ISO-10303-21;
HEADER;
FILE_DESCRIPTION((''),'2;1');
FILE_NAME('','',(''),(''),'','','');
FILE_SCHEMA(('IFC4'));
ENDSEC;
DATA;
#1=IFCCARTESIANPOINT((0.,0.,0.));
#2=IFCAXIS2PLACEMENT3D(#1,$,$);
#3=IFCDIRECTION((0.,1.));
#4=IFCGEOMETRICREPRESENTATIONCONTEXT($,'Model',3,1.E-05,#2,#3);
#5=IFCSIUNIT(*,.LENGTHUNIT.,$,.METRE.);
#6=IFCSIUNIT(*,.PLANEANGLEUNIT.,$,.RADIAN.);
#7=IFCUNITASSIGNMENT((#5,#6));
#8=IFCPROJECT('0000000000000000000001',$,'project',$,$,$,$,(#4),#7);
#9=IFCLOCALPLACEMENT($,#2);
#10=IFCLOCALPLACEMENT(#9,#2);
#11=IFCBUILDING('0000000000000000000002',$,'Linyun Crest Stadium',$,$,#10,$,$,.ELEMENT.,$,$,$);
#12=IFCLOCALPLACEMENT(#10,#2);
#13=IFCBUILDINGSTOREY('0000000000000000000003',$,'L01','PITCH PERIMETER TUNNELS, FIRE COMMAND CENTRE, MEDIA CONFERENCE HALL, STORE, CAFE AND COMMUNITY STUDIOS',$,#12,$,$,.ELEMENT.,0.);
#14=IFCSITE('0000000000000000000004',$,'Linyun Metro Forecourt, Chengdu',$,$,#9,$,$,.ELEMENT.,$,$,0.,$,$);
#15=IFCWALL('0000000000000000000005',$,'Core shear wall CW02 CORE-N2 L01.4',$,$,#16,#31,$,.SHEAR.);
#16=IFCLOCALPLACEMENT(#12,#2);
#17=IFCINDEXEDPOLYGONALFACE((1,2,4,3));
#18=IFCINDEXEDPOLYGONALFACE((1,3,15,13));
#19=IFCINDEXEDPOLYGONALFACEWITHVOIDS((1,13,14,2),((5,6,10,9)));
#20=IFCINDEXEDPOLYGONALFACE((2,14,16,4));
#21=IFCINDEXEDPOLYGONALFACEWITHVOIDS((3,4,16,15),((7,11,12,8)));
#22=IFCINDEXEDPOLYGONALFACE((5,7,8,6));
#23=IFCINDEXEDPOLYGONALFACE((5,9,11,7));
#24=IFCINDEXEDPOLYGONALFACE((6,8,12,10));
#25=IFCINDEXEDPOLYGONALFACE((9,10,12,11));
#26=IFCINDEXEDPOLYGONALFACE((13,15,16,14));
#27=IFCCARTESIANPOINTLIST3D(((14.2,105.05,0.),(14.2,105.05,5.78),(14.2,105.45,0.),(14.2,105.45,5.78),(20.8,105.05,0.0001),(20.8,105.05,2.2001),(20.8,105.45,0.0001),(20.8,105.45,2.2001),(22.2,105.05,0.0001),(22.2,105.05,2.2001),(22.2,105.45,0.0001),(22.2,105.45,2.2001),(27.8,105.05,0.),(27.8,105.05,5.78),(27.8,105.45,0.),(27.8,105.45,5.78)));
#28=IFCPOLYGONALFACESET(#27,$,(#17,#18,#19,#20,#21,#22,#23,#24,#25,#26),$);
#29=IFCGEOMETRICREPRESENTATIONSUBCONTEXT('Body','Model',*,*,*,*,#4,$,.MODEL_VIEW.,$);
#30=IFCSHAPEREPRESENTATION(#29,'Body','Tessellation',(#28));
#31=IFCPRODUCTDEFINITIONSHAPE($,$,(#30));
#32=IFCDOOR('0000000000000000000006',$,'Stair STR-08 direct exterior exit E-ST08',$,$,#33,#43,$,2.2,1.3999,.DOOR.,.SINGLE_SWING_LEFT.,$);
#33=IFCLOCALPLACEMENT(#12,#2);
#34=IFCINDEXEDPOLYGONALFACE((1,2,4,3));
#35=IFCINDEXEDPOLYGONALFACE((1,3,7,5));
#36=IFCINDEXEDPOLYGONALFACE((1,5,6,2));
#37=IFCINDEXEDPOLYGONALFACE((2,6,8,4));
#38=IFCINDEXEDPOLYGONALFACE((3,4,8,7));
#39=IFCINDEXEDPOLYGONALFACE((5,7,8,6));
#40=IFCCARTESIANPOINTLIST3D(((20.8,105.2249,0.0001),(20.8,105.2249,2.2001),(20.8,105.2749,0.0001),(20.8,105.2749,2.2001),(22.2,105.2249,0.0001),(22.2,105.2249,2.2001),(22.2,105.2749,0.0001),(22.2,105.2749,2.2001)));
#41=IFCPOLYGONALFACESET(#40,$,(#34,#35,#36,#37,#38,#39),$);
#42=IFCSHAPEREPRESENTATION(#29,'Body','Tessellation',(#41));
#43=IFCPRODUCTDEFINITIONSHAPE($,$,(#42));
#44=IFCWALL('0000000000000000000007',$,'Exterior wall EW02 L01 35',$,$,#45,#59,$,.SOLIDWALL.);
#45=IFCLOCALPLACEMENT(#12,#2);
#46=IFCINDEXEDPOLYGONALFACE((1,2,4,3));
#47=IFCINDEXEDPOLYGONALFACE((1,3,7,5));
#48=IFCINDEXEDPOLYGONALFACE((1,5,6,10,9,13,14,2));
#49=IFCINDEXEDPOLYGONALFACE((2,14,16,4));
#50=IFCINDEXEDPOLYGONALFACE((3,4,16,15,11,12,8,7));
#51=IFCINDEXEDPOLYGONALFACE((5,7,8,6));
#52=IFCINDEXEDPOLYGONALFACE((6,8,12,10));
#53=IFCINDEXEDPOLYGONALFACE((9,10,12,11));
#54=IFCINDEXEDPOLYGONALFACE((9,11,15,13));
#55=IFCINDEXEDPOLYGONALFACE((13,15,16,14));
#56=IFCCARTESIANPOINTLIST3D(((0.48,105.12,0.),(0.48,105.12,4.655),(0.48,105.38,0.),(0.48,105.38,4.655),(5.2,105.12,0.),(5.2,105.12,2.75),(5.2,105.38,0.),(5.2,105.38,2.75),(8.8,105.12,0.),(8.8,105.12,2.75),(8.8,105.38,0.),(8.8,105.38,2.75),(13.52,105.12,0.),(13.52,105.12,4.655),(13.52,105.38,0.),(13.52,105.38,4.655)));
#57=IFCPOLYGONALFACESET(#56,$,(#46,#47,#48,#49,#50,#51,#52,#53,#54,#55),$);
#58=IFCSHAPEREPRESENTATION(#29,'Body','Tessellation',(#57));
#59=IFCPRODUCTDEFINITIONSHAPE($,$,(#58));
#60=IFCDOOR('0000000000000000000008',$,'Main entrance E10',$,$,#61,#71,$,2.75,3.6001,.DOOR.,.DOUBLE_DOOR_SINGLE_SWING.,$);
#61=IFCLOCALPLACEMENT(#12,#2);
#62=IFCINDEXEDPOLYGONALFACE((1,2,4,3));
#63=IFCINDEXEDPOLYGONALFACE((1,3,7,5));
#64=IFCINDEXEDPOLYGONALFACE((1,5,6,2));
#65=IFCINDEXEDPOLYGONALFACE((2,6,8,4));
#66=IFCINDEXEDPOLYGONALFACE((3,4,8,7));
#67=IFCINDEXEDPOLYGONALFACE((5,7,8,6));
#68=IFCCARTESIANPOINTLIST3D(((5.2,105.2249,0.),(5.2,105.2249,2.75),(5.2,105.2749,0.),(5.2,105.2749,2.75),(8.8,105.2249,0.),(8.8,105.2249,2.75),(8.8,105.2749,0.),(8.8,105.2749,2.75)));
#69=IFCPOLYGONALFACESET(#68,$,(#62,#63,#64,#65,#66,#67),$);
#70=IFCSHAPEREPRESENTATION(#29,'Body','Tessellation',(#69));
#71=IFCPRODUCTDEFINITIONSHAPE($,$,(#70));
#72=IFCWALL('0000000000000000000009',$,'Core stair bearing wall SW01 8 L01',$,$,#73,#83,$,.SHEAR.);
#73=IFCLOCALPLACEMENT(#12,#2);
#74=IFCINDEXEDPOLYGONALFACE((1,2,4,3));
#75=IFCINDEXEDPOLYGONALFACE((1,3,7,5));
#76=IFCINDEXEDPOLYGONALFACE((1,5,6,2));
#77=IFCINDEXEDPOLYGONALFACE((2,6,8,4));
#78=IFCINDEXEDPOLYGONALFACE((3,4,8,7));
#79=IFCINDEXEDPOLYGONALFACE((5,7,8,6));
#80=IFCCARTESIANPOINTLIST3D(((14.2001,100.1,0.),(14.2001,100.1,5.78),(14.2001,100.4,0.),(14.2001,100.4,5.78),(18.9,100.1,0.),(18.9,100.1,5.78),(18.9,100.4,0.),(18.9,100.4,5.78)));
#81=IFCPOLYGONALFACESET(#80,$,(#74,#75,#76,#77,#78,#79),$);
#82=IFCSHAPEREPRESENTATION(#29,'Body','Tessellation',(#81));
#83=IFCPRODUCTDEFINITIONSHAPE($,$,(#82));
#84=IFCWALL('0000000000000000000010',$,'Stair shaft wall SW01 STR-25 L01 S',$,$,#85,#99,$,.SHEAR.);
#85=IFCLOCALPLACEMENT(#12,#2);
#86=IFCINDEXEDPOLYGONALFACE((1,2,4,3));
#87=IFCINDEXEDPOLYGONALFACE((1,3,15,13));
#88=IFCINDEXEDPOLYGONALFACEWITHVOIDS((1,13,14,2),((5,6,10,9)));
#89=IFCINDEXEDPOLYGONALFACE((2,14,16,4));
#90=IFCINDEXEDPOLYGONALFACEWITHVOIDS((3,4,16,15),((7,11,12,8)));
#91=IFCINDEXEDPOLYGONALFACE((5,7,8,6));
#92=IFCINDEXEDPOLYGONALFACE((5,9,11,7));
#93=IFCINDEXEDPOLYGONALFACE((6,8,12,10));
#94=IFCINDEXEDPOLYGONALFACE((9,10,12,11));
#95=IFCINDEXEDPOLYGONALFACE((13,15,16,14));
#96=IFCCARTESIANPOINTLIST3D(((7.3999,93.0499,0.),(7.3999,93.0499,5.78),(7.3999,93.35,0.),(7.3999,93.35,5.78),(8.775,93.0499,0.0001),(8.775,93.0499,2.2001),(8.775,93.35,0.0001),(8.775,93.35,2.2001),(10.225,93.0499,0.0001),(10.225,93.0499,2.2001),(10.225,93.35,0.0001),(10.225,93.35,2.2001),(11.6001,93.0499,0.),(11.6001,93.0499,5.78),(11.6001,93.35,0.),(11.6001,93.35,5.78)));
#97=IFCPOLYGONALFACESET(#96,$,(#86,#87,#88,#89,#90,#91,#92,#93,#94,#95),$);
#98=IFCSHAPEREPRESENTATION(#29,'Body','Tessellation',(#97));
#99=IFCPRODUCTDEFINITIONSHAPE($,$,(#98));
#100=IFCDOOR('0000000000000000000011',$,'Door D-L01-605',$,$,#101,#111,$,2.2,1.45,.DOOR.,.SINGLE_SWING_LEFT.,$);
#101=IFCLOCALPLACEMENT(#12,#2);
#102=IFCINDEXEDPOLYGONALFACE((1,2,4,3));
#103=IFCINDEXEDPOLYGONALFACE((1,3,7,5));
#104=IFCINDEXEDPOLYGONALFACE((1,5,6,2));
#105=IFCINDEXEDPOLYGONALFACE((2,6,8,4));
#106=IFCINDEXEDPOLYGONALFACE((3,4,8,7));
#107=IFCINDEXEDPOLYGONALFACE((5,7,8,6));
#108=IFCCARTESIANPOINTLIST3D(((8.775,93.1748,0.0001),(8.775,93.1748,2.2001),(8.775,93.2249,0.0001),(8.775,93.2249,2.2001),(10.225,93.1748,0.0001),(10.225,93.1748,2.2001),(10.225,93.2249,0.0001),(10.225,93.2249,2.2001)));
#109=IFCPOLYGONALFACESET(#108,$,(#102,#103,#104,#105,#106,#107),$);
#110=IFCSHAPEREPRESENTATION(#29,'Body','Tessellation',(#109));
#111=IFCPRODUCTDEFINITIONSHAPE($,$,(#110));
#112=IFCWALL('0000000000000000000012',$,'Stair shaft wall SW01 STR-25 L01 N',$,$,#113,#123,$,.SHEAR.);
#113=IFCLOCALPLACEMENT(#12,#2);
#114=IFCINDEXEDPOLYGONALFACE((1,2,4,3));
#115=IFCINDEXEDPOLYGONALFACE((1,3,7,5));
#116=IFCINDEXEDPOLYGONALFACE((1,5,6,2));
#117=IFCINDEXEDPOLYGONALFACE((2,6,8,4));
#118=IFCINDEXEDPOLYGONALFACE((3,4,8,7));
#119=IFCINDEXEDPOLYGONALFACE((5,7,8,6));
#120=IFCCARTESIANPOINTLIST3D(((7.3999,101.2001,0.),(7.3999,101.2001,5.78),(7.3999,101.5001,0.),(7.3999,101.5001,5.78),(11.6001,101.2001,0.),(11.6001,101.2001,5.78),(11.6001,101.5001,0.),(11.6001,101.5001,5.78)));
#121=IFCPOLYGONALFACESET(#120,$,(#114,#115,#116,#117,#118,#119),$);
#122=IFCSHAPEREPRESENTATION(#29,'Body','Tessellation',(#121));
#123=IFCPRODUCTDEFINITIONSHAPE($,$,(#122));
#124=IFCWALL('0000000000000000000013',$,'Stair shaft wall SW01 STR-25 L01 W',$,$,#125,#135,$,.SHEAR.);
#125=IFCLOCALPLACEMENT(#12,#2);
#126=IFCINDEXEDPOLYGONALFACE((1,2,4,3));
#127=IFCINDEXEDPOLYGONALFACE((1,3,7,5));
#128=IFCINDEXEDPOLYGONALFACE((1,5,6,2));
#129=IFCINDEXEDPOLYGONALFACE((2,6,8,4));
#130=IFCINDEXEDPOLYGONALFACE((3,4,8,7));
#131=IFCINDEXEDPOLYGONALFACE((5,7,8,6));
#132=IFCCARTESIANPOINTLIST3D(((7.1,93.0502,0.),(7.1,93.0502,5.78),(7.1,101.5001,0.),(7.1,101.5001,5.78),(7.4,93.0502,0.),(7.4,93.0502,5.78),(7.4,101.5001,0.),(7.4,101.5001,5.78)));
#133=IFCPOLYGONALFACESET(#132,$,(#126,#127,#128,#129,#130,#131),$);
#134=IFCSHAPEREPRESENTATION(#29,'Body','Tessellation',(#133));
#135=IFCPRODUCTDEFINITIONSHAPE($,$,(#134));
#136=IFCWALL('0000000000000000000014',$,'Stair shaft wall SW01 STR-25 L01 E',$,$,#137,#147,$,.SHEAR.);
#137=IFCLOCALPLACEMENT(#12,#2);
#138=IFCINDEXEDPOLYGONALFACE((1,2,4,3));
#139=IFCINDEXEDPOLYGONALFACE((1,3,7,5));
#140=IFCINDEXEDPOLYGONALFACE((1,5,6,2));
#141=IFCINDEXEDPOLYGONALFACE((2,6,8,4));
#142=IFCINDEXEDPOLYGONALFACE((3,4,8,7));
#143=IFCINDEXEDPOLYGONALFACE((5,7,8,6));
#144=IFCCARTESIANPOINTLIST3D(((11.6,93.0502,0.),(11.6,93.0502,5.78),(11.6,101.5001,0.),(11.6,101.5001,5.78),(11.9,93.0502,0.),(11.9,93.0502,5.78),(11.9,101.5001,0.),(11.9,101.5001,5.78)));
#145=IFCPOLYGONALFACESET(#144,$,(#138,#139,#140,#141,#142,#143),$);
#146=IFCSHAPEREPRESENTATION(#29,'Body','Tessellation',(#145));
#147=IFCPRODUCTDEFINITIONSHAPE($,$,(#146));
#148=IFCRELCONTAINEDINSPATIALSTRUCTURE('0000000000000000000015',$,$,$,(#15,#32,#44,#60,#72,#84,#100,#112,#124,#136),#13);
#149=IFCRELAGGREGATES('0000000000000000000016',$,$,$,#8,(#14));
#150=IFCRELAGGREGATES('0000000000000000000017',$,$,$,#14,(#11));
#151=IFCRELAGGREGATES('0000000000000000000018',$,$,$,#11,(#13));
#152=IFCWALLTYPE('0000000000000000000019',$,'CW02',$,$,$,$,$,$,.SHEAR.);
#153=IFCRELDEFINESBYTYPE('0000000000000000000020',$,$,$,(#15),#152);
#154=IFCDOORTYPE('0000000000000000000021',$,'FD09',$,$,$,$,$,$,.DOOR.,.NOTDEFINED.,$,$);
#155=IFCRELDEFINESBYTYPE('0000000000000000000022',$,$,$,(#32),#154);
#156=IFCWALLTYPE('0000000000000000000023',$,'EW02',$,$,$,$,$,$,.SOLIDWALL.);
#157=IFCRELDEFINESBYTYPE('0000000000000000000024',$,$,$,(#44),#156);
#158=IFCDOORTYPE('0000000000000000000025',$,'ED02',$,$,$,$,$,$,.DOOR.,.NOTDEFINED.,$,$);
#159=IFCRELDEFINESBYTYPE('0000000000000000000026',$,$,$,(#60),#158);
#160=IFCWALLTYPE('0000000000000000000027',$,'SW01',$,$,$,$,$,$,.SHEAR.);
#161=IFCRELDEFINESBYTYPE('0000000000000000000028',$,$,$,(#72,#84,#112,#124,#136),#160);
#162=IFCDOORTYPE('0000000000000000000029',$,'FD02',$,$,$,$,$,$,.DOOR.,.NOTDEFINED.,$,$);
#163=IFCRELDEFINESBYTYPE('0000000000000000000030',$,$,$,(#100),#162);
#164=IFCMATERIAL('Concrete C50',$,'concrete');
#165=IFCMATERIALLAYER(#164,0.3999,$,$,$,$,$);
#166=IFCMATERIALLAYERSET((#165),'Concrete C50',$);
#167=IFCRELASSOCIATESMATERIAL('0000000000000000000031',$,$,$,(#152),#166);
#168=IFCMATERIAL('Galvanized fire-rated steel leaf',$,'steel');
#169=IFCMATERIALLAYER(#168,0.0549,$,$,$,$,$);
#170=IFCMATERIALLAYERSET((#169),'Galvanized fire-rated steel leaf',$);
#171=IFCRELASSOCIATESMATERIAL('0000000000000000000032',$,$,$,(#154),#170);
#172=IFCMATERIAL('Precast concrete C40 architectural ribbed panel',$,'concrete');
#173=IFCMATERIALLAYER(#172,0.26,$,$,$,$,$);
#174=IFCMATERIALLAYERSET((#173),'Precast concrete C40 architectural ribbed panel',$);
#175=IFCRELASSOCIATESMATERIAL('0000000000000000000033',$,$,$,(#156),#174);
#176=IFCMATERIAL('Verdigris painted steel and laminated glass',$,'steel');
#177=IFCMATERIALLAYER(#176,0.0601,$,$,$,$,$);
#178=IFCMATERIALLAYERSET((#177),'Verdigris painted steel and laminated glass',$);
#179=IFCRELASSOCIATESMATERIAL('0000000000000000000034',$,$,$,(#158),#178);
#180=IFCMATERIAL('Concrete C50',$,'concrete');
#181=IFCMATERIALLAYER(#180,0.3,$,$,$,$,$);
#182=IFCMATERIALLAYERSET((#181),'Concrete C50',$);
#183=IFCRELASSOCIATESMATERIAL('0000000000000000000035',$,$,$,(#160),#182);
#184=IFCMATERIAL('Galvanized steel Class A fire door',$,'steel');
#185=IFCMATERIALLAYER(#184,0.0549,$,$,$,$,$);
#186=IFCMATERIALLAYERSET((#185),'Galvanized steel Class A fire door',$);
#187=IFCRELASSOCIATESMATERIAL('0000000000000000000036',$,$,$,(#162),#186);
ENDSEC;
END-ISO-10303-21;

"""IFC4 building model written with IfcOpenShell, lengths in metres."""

from ifc_helpers import new_model, si_unit, direction, frame, frame_2d, origin, place, context, subcontext, project, spatial, rectangle, extrude, material, layer, layer_set, type_object, element, fill, save


model = new_model("IFC4")

# Units and contexts
model_context = context("Model", 3, precision=1e-05, world=origin(), true_north=direction((0.0, 1.0)))
body_context = subcontext(model_context, "Body", "Model", "MODEL_VIEW")
ifc_project = project(units=[si_unit("LENGTHUNIT", "METRE"), si_unit("PLANEANGLEUNIT", "RADIAN")], contexts=[model_context])

# Site, building, storey
site_placement = place(None, origin())
site = spatial("IfcSite", under=ifc_project, at=site_placement, Name="Linyun Metro Forecourt, Chengdu", CompositionType="ELEMENT", RefElevation=0.0)
building_placement = place(site_placement, origin())
building = spatial("IfcBuilding", under=site, at=building_placement, Name="Linyun Crest Stadium", CompositionType="ELEMENT")
storey_placement = place(building_placement, origin())
storey = spatial("IfcBuildingStorey", under=building, at=storey_placement, Name="L01", Description="PITCH PERIMETER TUNNELS, FIRE COMMAND CENTRE, MEDIA CONFERENCE HALL, STORE, CAFE AND COMMUNITY STUDIOS", CompositionType="ELEMENT", Elevation=0.0)

# Shared definitions
ifc_material_1 = material(Name="Concrete C50", Category="concrete")
ifc_layer_1 = layer(ifc_material_1, 0.3999)
ifc_layer_set_1 = layer_set([ifc_layer_1], Name="Concrete C50")
wall_type_1 = type_object("IfcWallType", Name="CW02", PredefinedType="SHEAR", material=ifc_layer_set_1)

# Walls, openings, doors
wall_1_placement = place(storey_placement, frame((14.2, 105.25, 0.0), z_axis=(0.0, 0.0, 1.0), x_axis=(1.0, 0.0, 0.0)))
wall_1 = element("IfcWall", 1, at=wall_1_placement, inside=storey, type_object=wall_type_1, Name="Core shear wall CW02 CORE-N2 L01.4", PredefinedType="SHEAR", context=body_context, shape_type="SweptSolid", body=[
    extrude(rectangle(XDim=13.6001, YDim=0.3999, at=frame_2d((6.8, 0.0))), origin(), (0.0, 0.0, 1.0), 5.78),
])
opening_1_placement = place(wall_1_placement, frame((6.6001, 0.0, 0.0)))
opening_1 = element("IfcOpeningElement", 2, at=opening_1_placement, cuts=wall_1, PredefinedType="OPENING", context=body_context, shape_type="SweptSolid", body=[
    extrude(rectangle(XDim=1.3999, YDim=2.2, at=frame_2d((0.7, 1.1001))), frame((0.0, 0.21, 0.0), z_axis=(0.0, -1.0, 0.0), x_axis=(1.0, 0.0, 0.0)), (0.0, 0.0, 1.0), 0.4199),
])
ifc_material_2 = material(Name="Galvanized fire-rated steel leaf", Category="steel")
ifc_layer_2 = layer(ifc_material_2, 0.0549)
ifc_layer_set_2 = layer_set([ifc_layer_2], Name="Galvanized fire-rated steel leaf")
door_type_1 = type_object("IfcDoorType", Name="FD09", OperationType="NOTDEFINED", PredefinedType="DOOR", material=ifc_layer_set_2)
door_1_placement = place(opening_1_placement, origin())
door_1 = element("IfcDoor", 3, at=door_1_placement, inside=storey, type_object=door_type_1, Name="Stair STR-08 direct exterior exit E-ST08", OperationType="SINGLE_SWING_LEFT", OverallHeight=2.2, OverallWidth=1.3999, PredefinedType="DOOR", context=body_context, shape_type="SweptSolid", body=[
    extrude(rectangle(XDim=1.3999, YDim=2.2, at=frame_2d((0.7, 1.1001))), frame((0.0, 0.0249, 0.0), z_axis=(0.0, -1.0, 0.0), x_axis=(1.0, 0.0, 0.0)), (0.0, 0.0, 1.0), 0.05),
])
fill(opening_1, door_1)
ifc_material_3 = material(Name="Precast concrete C40 architectural ribbed panel", Category="concrete")
ifc_layer_3 = layer(ifc_material_3, 0.26)
ifc_layer_set_3 = layer_set([ifc_layer_3], Name="Precast concrete C40 architectural ribbed panel")
wall_type_2 = type_object("IfcWallType", Name="EW02", PredefinedType="SOLIDWALL", material=ifc_layer_set_3)
wall_2_placement = place(storey_placement, frame((0.48, 105.25, 0.0), z_axis=(0.0, 0.0, 1.0), x_axis=(1.0, 0.0, 0.0)))
wall_2 = element("IfcWall", 4, at=wall_2_placement, inside=storey, type_object=wall_type_2, Name="Exterior wall EW02 L01 35", PredefinedType="SOLIDWALL", context=body_context, shape_type="SweptSolid", body=[
    extrude(rectangle(XDim=13.04, YDim=0.26, at=frame_2d((6.52, 0.0))), origin(), (0.0, 0.0, 1.0), 4.655),
])
opening_2_placement = place(wall_2_placement, frame((4.72, 0.0, 0.0)))
opening_2 = element("IfcOpeningElement", 5, at=opening_2_placement, cuts=wall_2, PredefinedType="OPENING", context=body_context, shape_type="SweptSolid", body=[
    extrude(rectangle(XDim=3.6001, YDim=2.75, at=frame_2d((1.8, 1.375))), frame((0.0, 0.1399, 0.0), z_axis=(0.0, -1.0, 0.0), x_axis=(1.0, 0.0, 0.0)), (0.0, 0.0, 1.0), 0.28),
])
ifc_material_4 = material(Name="Verdigris painted steel and laminated glass", Category="steel")
ifc_layer_4 = layer(ifc_material_4, 0.0601)
ifc_layer_set_4 = layer_set([ifc_layer_4], Name="Verdigris painted steel and laminated glass")
door_type_2 = type_object("IfcDoorType", Name="ED02", OperationType="NOTDEFINED", PredefinedType="DOOR", material=ifc_layer_set_4)
door_2_placement = place(opening_2_placement, origin())
door_2 = element("IfcDoor", 6, at=door_2_placement, inside=storey, type_object=door_type_2, Name="Main entrance E10", OperationType="DOUBLE_DOOR_SINGLE_SWING", OverallHeight=2.75, OverallWidth=3.6001, PredefinedType="DOOR", context=body_context, shape_type="SweptSolid", body=[
    extrude(rectangle(XDim=3.6001, YDim=2.75, at=frame_2d((1.8, 1.375))), frame((0.0, 0.0249, 0.0), z_axis=(0.0, -1.0, 0.0), x_axis=(1.0, 0.0, 0.0)), (0.0, 0.0, 1.0), 0.05),
])
fill(opening_2, door_2)

# Wall
ifc_material_5 = material(Name="Concrete C50", Category="concrete")
ifc_layer_5 = layer(ifc_material_5, 0.3)
ifc_layer_set_5 = layer_set([ifc_layer_5], Name="Concrete C50")
wall_type_3 = type_object("IfcWallType", Name="SW01", PredefinedType="SHEAR", material=ifc_layer_set_5)
wall_3_placement = place(storey_placement, frame((14.2, 100.25, 0.0), z_axis=(0.0, 0.0, 1.0), x_axis=(1.0, 0.0, 0.0)))
element("IfcWall", 7, at=wall_3_placement, inside=storey, type_object=wall_type_3, Name="Core stair bearing wall SW01 8 L01", PredefinedType="SHEAR", context=body_context, shape_type="SweptSolid", body=[
    extrude(rectangle(XDim=4.7, YDim=0.3, at=frame_2d((2.3501, 0.0))), origin(), (0.0, 0.0, 1.0), 5.78),
])

# Wall, opening, door
wall_4_placement = place(storey_placement, frame((7.3999, 93.2, 0.0), z_axis=(0.0, 0.0, 1.0), x_axis=(1.0, 0.0, 0.0)))
wall_4 = element("IfcWall", 8, at=wall_4_placement, inside=storey, type_object=wall_type_3, Name="Stair shaft wall SW01 STR-25 L01 S", PredefinedType="SHEAR", context=body_context, shape_type="SweptSolid", body=[
    extrude(rectangle(XDim=4.2002, YDim=0.3, at=frame_2d((2.1001, 0.0))), origin(), (0.0, 0.0, 1.0), 5.78),
])
opening_3_placement = place(wall_4_placement, frame((1.375, 0.0, 0.0)))
opening_3 = element("IfcOpeningElement", 9, at=opening_3_placement, cuts=wall_4, PredefinedType="OPENING", context=body_context, shape_type="SweptSolid", body=[
    extrude(rectangle(XDim=1.45, YDim=2.2, at=frame_2d((0.7251, 1.1001))), frame((0.0, 0.1599, 0.0), z_axis=(0.0, -1.0, 0.0), x_axis=(1.0, 0.0, 0.0)), (0.0, 0.0, 1.0), 0.3201),
])
ifc_material_6 = material(Name="Galvanized steel Class A fire door", Category="steel")
ifc_layer_6 = layer(ifc_material_6, 0.0549)
ifc_layer_set_6 = layer_set([ifc_layer_6], Name="Galvanized steel Class A fire door")
door_type_3 = type_object("IfcDoorType", Name="FD02", OperationType="NOTDEFINED", PredefinedType="DOOR", material=ifc_layer_set_6)
door_3_placement = place(opening_3_placement, origin())
door_3 = element("IfcDoor", 10, at=door_3_placement, inside=storey, type_object=door_type_3, Name="Door D-L01-605", OperationType="SINGLE_SWING_LEFT", OverallHeight=2.2, OverallWidth=1.45, PredefinedType="DOOR", context=body_context, shape_type="SweptSolid", body=[
    extrude(rectangle(XDim=1.45, YDim=2.2, at=frame_2d((0.7251, 1.1001))), frame((0.0, 0.0249, 0.0), z_axis=(0.0, -1.0, 0.0), x_axis=(1.0, 0.0, 0.0)), (0.0, 0.0, 1.0), 0.05),
])
fill(opening_3, door_3)

# Walls
wall_5_placement = place(storey_placement, frame((7.3999, 101.3501, 0.0), z_axis=(0.0, 0.0, 1.0), x_axis=(1.0, 0.0, 0.0)))
element("IfcWall", 11, at=wall_5_placement, inside=storey, type_object=wall_type_3, Name="Stair shaft wall SW01 STR-25 L01 N", PredefinedType="SHEAR", context=body_context, shape_type="SweptSolid", body=[
    extrude(rectangle(XDim=4.2002, YDim=0.3, at=frame_2d((2.1001, 0.0))), origin(), (0.0, 0.0, 1.0), 5.78),
])
for number, where, z_axis, x_axis, name in (
    (12, (7.25, 93.05, 0.0), (0.0, 0.0, 1.0), (0.0, 1.0, 0.0), "Stair shaft wall SW01 STR-25 L01 W"),
    (13, (11.75, 93.05, 0.0), (0.0, 0.0, 1.0), (0.0, 1.0, 0.0), "Stair shaft wall SW01 STR-25 L01 E"),
):
    element("IfcWall", number, at=place(storey_placement, frame(where, z_axis=z_axis, x_axis=x_axis)), inside=storey, type_object=wall_type_3, Name=name, PredefinedType="SHEAR", context=body_context, shape_type="SweptSolid", body=[
        extrude(rectangle(XDim=8.45, YDim=0.3, at=frame_2d((4.2251, 0.0))), origin(), (0.0, 0.0, 1.0), 5.78),
    ])

save(model, "model.ifc")
